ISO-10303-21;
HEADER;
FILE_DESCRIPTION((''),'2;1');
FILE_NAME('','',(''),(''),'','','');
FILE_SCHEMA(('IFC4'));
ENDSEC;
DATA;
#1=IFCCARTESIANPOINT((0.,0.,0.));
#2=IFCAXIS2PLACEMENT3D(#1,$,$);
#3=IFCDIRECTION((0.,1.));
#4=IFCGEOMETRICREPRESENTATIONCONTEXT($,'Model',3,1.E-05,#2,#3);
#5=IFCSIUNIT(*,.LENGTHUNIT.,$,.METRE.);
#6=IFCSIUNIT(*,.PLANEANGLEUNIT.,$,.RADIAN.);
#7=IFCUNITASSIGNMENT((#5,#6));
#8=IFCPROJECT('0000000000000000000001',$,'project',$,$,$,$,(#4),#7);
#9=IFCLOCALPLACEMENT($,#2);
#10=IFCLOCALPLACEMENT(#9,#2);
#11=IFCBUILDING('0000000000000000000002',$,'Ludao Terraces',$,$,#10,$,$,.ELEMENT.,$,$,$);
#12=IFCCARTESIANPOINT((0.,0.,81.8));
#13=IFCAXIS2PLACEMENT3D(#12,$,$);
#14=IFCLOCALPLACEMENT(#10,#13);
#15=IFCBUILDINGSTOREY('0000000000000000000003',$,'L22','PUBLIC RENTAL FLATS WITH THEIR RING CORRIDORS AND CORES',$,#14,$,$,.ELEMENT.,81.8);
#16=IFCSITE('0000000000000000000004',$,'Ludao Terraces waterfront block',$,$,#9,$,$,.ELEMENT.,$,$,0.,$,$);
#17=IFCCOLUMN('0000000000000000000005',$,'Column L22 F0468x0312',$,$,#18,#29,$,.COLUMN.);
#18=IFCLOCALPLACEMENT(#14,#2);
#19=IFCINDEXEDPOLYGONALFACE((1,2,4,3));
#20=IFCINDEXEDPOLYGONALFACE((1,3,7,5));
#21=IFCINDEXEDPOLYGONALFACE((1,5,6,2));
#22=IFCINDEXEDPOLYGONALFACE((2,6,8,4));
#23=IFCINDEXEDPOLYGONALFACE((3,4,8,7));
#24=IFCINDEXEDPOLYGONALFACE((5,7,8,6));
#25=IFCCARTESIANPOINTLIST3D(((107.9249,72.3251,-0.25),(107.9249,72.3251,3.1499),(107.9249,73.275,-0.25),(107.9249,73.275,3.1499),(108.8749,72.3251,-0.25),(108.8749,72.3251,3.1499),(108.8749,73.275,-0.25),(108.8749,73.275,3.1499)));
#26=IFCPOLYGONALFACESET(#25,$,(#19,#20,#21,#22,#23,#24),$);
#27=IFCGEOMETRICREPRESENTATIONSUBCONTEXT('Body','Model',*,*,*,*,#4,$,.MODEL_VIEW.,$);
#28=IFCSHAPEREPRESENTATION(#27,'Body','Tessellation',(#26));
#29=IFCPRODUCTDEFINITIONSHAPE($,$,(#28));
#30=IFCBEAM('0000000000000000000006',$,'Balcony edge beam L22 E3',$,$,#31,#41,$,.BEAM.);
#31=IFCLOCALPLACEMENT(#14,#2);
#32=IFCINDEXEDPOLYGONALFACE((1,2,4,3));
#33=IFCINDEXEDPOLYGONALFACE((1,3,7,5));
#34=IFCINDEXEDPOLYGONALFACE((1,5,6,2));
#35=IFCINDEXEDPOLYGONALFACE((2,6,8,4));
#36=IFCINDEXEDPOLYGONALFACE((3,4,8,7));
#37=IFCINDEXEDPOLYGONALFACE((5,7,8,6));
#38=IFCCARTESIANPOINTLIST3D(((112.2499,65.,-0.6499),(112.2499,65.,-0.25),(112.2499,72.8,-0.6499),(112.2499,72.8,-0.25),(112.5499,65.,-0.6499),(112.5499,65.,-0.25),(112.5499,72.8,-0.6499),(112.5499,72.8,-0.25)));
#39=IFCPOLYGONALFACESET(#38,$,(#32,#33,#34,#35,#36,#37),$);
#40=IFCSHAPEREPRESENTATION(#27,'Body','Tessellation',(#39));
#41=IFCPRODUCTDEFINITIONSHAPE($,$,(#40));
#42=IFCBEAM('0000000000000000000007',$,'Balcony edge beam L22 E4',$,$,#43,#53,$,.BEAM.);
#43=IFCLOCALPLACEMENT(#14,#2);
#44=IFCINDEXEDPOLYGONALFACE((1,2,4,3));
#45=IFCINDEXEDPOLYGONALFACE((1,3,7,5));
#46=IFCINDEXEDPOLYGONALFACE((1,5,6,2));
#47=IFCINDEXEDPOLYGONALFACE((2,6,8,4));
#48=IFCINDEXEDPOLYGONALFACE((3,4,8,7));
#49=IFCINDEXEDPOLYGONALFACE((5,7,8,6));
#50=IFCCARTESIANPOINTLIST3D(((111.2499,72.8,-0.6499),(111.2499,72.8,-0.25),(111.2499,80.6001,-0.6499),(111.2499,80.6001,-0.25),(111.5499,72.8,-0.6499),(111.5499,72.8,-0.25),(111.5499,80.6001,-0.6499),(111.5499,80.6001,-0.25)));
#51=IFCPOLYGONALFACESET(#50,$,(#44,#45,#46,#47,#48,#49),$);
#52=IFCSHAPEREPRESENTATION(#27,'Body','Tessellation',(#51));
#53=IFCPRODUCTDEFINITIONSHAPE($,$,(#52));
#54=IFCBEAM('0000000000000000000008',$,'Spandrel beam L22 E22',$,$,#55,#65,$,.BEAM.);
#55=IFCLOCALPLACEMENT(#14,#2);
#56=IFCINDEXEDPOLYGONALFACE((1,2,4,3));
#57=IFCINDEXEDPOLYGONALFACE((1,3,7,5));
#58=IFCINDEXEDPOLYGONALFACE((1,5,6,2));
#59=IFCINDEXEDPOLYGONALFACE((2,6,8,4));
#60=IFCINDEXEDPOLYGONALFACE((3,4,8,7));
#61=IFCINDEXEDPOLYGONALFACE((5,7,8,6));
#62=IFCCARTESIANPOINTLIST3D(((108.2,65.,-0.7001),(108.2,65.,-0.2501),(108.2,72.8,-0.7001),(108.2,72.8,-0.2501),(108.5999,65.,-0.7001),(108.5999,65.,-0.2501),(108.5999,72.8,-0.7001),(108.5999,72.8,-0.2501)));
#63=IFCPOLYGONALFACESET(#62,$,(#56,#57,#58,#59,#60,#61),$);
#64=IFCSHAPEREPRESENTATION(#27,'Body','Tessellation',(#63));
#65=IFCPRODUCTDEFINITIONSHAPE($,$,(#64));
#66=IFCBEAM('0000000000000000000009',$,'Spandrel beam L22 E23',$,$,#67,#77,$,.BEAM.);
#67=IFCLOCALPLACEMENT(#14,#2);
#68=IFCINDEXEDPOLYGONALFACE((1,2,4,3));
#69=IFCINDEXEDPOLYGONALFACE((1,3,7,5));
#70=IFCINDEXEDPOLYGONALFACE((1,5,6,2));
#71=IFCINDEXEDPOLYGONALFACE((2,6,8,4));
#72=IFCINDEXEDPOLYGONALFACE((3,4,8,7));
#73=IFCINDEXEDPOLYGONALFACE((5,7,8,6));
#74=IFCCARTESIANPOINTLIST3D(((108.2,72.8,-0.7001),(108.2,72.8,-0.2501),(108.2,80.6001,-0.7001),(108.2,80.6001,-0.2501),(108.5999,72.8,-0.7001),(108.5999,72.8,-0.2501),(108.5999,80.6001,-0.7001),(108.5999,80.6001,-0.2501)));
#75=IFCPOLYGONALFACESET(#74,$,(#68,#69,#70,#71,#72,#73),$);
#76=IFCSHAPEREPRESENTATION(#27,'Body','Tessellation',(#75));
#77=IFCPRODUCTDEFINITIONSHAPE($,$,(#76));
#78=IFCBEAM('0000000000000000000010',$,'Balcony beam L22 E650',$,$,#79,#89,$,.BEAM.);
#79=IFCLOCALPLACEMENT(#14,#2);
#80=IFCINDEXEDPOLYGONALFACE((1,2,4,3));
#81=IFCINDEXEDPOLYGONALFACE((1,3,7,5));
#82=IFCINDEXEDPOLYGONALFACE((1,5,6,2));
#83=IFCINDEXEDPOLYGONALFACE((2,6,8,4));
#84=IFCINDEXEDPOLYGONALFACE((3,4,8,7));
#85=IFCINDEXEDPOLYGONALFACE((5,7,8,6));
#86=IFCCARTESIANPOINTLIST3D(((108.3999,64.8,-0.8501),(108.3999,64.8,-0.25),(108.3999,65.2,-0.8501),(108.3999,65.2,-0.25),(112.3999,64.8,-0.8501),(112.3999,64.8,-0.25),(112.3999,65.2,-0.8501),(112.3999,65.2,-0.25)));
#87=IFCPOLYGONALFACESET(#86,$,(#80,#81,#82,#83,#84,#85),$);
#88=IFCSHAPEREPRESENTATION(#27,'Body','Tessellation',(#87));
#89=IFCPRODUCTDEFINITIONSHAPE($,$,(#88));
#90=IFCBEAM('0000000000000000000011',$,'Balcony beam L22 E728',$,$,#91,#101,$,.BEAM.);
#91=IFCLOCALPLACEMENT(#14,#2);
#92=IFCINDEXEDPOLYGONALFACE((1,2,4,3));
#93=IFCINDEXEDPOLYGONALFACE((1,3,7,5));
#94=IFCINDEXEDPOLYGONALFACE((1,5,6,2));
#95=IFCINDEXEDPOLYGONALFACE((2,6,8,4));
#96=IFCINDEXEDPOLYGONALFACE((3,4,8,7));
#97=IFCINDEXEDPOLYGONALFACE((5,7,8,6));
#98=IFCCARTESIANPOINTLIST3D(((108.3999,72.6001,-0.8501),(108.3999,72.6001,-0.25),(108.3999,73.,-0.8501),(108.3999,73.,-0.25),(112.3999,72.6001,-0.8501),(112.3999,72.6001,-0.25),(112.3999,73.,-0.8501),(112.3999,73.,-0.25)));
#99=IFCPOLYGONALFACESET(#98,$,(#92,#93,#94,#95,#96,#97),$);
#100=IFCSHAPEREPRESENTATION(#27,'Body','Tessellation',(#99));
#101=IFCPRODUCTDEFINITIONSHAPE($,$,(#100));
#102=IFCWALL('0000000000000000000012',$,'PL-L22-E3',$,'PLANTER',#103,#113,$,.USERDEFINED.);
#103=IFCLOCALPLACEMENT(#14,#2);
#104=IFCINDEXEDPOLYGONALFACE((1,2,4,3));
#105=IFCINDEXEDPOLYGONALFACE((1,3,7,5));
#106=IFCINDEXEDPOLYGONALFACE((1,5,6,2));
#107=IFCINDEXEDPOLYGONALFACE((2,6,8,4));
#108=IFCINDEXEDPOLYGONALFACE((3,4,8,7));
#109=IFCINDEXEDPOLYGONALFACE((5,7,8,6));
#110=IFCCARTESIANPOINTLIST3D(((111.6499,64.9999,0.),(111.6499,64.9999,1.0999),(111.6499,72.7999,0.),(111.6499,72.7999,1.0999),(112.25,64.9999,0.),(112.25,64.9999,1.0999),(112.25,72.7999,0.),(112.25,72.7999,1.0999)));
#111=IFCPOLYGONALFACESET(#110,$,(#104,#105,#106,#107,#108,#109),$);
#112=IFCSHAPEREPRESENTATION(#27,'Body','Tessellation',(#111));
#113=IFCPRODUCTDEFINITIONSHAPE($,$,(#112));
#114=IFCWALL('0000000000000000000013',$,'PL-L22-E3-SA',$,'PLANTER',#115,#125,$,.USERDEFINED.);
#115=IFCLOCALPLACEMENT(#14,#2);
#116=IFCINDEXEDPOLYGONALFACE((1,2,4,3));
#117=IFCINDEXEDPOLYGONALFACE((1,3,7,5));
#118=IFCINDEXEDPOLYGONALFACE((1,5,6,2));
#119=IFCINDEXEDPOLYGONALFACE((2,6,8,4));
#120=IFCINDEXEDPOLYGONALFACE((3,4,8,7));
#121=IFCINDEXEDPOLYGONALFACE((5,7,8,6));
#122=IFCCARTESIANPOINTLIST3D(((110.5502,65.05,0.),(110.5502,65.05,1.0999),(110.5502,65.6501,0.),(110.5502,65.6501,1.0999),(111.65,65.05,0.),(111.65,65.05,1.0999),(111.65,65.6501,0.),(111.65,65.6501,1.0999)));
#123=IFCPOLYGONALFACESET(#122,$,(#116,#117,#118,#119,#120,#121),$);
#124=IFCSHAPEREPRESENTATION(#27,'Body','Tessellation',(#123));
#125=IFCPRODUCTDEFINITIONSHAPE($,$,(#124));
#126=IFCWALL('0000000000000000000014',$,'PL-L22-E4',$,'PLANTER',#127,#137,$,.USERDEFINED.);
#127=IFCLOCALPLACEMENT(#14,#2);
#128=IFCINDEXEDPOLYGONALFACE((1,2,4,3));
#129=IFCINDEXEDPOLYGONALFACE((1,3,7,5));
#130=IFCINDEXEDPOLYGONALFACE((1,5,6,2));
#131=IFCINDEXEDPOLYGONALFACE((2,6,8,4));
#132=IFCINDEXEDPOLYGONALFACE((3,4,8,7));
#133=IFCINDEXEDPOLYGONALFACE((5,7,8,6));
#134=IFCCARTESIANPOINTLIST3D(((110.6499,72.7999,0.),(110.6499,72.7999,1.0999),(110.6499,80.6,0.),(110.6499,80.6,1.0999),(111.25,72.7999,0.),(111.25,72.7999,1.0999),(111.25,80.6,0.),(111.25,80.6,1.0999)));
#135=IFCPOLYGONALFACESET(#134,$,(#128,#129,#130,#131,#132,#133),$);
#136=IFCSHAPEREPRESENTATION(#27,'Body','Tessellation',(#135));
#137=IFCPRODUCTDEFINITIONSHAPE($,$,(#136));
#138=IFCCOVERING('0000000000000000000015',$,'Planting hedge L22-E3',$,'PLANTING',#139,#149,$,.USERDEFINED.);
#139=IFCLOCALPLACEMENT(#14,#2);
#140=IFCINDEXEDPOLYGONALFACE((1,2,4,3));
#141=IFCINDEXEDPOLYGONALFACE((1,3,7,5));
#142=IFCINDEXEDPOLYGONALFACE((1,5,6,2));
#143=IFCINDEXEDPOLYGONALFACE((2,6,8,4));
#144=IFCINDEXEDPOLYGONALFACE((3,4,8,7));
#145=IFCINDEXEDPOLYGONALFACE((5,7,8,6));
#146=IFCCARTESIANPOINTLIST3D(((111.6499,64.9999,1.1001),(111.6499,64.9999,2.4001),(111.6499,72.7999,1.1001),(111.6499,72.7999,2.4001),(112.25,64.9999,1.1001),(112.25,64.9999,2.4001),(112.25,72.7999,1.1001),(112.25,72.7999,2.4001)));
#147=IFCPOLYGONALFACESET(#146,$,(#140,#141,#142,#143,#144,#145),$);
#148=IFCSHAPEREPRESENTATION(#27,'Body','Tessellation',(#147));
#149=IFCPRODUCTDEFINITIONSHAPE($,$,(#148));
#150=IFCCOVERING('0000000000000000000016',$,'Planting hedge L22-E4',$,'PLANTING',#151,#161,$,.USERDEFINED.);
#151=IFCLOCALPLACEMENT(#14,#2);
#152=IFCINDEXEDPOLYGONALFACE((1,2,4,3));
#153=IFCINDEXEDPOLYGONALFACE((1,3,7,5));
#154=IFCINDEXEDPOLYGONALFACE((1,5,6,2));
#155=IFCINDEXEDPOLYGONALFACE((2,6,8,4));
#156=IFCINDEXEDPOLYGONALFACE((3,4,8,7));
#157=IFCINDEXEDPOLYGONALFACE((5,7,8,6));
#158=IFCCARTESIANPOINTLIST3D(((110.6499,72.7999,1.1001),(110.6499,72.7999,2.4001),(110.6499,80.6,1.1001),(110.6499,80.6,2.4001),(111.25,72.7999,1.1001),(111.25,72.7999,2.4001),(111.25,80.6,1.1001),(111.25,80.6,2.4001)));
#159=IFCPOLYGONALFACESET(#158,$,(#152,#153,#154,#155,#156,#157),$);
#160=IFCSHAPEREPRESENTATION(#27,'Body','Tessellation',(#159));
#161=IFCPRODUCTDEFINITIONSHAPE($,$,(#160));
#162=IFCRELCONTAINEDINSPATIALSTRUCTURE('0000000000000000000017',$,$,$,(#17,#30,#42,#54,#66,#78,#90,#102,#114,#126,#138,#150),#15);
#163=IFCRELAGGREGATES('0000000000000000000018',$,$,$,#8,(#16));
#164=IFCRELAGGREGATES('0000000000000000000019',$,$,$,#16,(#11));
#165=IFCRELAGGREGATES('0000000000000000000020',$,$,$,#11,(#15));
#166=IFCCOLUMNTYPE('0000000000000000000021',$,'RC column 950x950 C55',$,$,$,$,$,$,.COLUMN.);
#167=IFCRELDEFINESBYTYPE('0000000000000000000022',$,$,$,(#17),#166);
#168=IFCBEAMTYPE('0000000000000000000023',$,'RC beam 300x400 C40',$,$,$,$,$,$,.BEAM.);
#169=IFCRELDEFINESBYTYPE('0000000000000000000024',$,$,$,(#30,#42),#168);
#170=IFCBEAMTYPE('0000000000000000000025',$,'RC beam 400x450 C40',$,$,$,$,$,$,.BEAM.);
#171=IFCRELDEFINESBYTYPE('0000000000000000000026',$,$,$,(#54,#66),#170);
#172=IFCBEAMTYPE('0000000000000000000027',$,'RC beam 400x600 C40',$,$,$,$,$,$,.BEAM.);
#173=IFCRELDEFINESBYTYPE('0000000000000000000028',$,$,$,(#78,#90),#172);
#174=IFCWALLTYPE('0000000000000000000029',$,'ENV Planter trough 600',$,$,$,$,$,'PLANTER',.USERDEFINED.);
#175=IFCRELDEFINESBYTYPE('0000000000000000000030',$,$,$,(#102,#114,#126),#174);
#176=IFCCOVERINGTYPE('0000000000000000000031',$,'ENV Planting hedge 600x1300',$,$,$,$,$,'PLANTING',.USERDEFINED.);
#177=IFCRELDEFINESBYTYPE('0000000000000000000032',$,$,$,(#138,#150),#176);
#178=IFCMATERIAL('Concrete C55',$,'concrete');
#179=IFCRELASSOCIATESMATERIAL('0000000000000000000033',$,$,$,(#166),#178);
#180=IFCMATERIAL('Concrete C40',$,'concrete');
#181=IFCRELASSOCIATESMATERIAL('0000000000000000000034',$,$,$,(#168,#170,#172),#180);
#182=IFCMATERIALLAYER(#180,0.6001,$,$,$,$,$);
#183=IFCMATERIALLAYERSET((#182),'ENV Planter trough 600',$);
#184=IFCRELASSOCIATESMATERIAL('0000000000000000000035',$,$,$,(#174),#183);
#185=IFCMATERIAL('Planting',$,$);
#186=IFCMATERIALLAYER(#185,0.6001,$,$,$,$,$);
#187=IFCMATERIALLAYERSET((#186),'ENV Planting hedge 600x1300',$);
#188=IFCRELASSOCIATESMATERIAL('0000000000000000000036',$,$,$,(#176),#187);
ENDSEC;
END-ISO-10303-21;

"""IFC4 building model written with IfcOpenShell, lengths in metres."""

from ifc_helpers import new_model, si_unit, direction, frame, frame_2d, origin, origin_2d, place, context, subcontext, project, spatial, rectangle, extrude, material, layer, layer_set, material_profile, profile_set, type_object, element, save


model = new_model("IFC4")

# Units and contexts
model_context = context("Model", 3, precision=1e-05, world=origin(), true_north=direction((0.0, 1.0)))
body_context = subcontext(model_context, "Body", "Model", "MODEL_VIEW")
ifc_project = project(units=[si_unit("LENGTHUNIT", "METRE"), si_unit("PLANEANGLEUNIT", "RADIAN")], contexts=[model_context])

# Site, building, storey
site_placement = place(None, origin())
site = spatial("IfcSite", under=ifc_project, at=site_placement, Name="Ludao Terraces waterfront block", CompositionType="ELEMENT", RefElevation=0.0)
building_placement = place(site_placement, origin())
building = spatial("IfcBuilding", under=site, at=building_placement, Name="Ludao Terraces", CompositionType="ELEMENT")
storey_placement = place(building_placement, frame((0.0, 0.0, 81.8)))
storey = spatial("IfcBuildingStorey", under=building, at=storey_placement, Name="L22", Description="PUBLIC RENTAL FLATS WITH THEIR RING CORRIDORS AND CORES", CompositionType="ELEMENT", Elevation=81.8)

# Column
ifc_material_1 = material(Name="Concrete C55", Category="concrete")
ifc_material_profile_1 = material_profile(ifc_material_1, rectangle(XDim=0.95, YDim=0.95, at=origin_2d()), Name="950 X 950")
ifc_profile_set_1 = profile_set([ifc_material_profile_1], Name="Concrete C55")
column_type = type_object("IfcColumnType", Name="RC column 950x950 C55", PredefinedType="COLUMN", material=ifc_profile_set_1)
column_placement = place(storey_placement, frame((108.3999, 72.8, -0.25), z_axis=(0.0, 0.0, 1.0), x_axis=(1.0, 0.0, 0.0)))
element("IfcColumn", 1, at=column_placement, inside=storey, type_object=column_type, Name="Column L22 F0468x0312", PredefinedType="COLUMN", context=body_context, shape_type="SweptSolid", body=[
    extrude(rectangle(XDim=0.95, YDim=0.95, at=origin_2d()), origin(), (0.0, 0.0, 1.0), 3.3999),
])

# Beams
ifc_material_2 = material(Name="Concrete C40", Category="concrete")
ifc_material_profile_2 = material_profile(ifc_material_2, rectangle(XDim=0.3, YDim=0.3999, at=origin_2d()), Name="300 X 400")
ifc_profile_set_2 = profile_set([ifc_material_profile_2], Name="Concrete C40")
beam_type_1 = type_object("IfcBeamType", Name="RC beam 300x400 C40", PredefinedType="BEAM", material=ifc_profile_set_2)
for number, where, z_axis, x_axis, name in (
    (2, (112.3999, 65.0, -0.45), (0.0, 1.0, 0.0), (-1.0, 0.0, 0.0), "Balcony edge beam L22 E3"),
    (3, (111.3999, 72.8, -0.45), (0.0, 1.0, 0.0), (-1.0, 0.0, 0.0), "Balcony edge beam L22 E4"),
):
    element("IfcBeam", number, at=place(storey_placement, frame(where, z_axis=z_axis, x_axis=x_axis)), inside=storey, type_object=beam_type_1, Name=name, PredefinedType="BEAM", context=body_context, shape_type="SweptSolid", body=[
        extrude(rectangle(XDim=0.3, YDim=0.3999, at=origin_2d()), origin(), (0.0, 0.0, 1.0), 7.8),
    ])
ifc_material_profile_3 = material_profile(ifc_material_2, rectangle(XDim=0.3999, YDim=0.45, at=origin_2d()), Name="400 X 450")
ifc_profile_set_3 = profile_set([ifc_material_profile_3], Name="Concrete C40")
beam_type_2 = type_object("IfcBeamType", Name="RC beam 400x450 C40", PredefinedType="BEAM", material=ifc_profile_set_3)
for number, where, z_axis, x_axis, name in (
    (4, (108.3999, 65.0, -0.4751), (0.0, 1.0, 0.0), (-1.0, 0.0, 0.0), "Spandrel beam L22 E22"),
    (5, (108.3999, 72.8, -0.4751), (0.0, 1.0, 0.0), (-1.0, 0.0, 0.0), "Spandrel beam L22 E23"),
):
    element("IfcBeam", number, at=place(storey_placement, frame(where, z_axis=z_axis, x_axis=x_axis)), inside=storey, type_object=beam_type_2, Name=name, PredefinedType="BEAM", context=body_context, shape_type="SweptSolid", body=[
        extrude(rectangle(XDim=0.3999, YDim=0.45, at=origin_2d()), origin(), (0.0, 0.0, 1.0), 7.8),
    ])
ifc_material_profile_4 = material_profile(ifc_material_2, rectangle(XDim=0.3999, YDim=0.6001, at=origin_2d()), Name="400 X 600")
ifc_profile_set_4 = profile_set([ifc_material_profile_4], Name="Concrete C40")
beam_type_3 = type_object("IfcBeamType", Name="RC beam 400x600 C40", PredefinedType="BEAM", material=ifc_profile_set_4)
for number, where, z_axis, x_axis, name in (
    (6, (108.3999, 65.0, -0.55), (1.0, 0.0, 0.0), (0.0, 1.0, 0.0), "Balcony beam L22 E650"),
    (7, (108.3999, 72.8, -0.55), (1.0, 0.0, 0.0), (0.0, 1.0, 0.0), "Balcony beam L22 E728"),
):
    element("IfcBeam", number, at=place(storey_placement, frame(where, z_axis=z_axis, x_axis=x_axis)), inside=storey, type_object=beam_type_3, Name=name, PredefinedType="BEAM", context=body_context, shape_type="SweptSolid", body=[
        extrude(rectangle(XDim=0.3999, YDim=0.6001, at=origin_2d()), origin(), (0.0, 0.0, 1.0), 4.0),
    ])

# Walls
ifc_layer_1 = layer(ifc_material_2, 0.6001)
ifc_layer_set_1 = layer_set([ifc_layer_1], Name="ENV Planter trough 600")
wall_type = type_object("IfcWallType", Name="ENV Planter trough 600", ElementType="PLANTER", PredefinedType="USERDEFINED", material=ifc_layer_set_1)
wall_1_placement = place(storey_placement, frame((111.95, 65.0, 0.0), z_axis=(0.0, 0.0, 1.0), x_axis=(0.0, 1.0, 0.0)))
element("IfcWall", 8, at=wall_1_placement, inside=storey, type_object=wall_type, Name="PL-L22-E3", ObjectType="PLANTER", PredefinedType="USERDEFINED", context=body_context, shape_type="SweptSolid", body=[
    extrude(rectangle(XDim=7.8, YDim=0.6001, at=frame_2d((3.8999, 0.0))), origin(), (0.0, 0.0, 1.0), 1.0999),
])
wall_2_placement = place(storey_placement, frame((111.6499, 65.3501, 0.0), z_axis=(0.0, 0.0, 1.0), x_axis=(-1.0, 0.0, 0.0)))
element("IfcWall", 9, at=wall_2_placement, inside=storey, type_object=wall_type, Name="PL-L22-E3-SA", ObjectType="PLANTER", PredefinedType="USERDEFINED", context=body_context, shape_type="SweptSolid", body=[
    extrude(rectangle(XDim=1.0999, YDim=0.6001, at=frame_2d((0.5498, 0.0))), origin(), (0.0, 0.0, 1.0), 1.0999),
])
wall_3_placement = place(storey_placement, frame((110.95, 72.8, 0.0), z_axis=(0.0, 0.0, 1.0), x_axis=(0.0, 1.0, 0.0)))
element("IfcWall", 10, at=wall_3_placement, inside=storey, type_object=wall_type, Name="PL-L22-E4", ObjectType="PLANTER", PredefinedType="USERDEFINED", context=body_context, shape_type="SweptSolid", body=[
    extrude(rectangle(XDim=7.8, YDim=0.6001, at=frame_2d((3.8999, 0.0))), origin(), (0.0, 0.0, 1.0), 1.0999),
])

# Coverings
ifc_material_3 = material(Name="Planting")
ifc_layer_2 = layer(ifc_material_3, 0.6001)
ifc_layer_set_2 = layer_set([ifc_layer_2], Name="ENV Planting hedge 600x1300")
covering_type = type_object("IfcCoveringType", Name="ENV Planting hedge 600x1300", ElementType="PLANTING", PredefinedType="USERDEFINED", material=ifc_layer_set_2)
for number, where, z_axis, x_axis, name in (
    (11, (111.95, 68.8999, 1.1001), (0.0, 0.0, 1.0), (1.0, 0.0, 0.0), "Planting hedge L22-E3"),
    (12, (110.95, 76.7, 1.1001), (0.0, 0.0, 1.0), (1.0, 0.0, 0.0), "Planting hedge L22-E4"),
):
    element("IfcCovering", number, at=place(storey_placement, frame(where, z_axis=z_axis, x_axis=x_axis)), inside=storey, type_object=covering_type, Name=name, ObjectType="PLANTING", PredefinedType="USERDEFINED", context=body_context, shape_type="SweptSolid", body=[
        extrude(rectangle(XDim=0.6001, YDim=7.8, at=origin_2d()), origin(), (0.0, 0.0, 1.0), 1.3),
    ])

save(model, "model.ifc")
